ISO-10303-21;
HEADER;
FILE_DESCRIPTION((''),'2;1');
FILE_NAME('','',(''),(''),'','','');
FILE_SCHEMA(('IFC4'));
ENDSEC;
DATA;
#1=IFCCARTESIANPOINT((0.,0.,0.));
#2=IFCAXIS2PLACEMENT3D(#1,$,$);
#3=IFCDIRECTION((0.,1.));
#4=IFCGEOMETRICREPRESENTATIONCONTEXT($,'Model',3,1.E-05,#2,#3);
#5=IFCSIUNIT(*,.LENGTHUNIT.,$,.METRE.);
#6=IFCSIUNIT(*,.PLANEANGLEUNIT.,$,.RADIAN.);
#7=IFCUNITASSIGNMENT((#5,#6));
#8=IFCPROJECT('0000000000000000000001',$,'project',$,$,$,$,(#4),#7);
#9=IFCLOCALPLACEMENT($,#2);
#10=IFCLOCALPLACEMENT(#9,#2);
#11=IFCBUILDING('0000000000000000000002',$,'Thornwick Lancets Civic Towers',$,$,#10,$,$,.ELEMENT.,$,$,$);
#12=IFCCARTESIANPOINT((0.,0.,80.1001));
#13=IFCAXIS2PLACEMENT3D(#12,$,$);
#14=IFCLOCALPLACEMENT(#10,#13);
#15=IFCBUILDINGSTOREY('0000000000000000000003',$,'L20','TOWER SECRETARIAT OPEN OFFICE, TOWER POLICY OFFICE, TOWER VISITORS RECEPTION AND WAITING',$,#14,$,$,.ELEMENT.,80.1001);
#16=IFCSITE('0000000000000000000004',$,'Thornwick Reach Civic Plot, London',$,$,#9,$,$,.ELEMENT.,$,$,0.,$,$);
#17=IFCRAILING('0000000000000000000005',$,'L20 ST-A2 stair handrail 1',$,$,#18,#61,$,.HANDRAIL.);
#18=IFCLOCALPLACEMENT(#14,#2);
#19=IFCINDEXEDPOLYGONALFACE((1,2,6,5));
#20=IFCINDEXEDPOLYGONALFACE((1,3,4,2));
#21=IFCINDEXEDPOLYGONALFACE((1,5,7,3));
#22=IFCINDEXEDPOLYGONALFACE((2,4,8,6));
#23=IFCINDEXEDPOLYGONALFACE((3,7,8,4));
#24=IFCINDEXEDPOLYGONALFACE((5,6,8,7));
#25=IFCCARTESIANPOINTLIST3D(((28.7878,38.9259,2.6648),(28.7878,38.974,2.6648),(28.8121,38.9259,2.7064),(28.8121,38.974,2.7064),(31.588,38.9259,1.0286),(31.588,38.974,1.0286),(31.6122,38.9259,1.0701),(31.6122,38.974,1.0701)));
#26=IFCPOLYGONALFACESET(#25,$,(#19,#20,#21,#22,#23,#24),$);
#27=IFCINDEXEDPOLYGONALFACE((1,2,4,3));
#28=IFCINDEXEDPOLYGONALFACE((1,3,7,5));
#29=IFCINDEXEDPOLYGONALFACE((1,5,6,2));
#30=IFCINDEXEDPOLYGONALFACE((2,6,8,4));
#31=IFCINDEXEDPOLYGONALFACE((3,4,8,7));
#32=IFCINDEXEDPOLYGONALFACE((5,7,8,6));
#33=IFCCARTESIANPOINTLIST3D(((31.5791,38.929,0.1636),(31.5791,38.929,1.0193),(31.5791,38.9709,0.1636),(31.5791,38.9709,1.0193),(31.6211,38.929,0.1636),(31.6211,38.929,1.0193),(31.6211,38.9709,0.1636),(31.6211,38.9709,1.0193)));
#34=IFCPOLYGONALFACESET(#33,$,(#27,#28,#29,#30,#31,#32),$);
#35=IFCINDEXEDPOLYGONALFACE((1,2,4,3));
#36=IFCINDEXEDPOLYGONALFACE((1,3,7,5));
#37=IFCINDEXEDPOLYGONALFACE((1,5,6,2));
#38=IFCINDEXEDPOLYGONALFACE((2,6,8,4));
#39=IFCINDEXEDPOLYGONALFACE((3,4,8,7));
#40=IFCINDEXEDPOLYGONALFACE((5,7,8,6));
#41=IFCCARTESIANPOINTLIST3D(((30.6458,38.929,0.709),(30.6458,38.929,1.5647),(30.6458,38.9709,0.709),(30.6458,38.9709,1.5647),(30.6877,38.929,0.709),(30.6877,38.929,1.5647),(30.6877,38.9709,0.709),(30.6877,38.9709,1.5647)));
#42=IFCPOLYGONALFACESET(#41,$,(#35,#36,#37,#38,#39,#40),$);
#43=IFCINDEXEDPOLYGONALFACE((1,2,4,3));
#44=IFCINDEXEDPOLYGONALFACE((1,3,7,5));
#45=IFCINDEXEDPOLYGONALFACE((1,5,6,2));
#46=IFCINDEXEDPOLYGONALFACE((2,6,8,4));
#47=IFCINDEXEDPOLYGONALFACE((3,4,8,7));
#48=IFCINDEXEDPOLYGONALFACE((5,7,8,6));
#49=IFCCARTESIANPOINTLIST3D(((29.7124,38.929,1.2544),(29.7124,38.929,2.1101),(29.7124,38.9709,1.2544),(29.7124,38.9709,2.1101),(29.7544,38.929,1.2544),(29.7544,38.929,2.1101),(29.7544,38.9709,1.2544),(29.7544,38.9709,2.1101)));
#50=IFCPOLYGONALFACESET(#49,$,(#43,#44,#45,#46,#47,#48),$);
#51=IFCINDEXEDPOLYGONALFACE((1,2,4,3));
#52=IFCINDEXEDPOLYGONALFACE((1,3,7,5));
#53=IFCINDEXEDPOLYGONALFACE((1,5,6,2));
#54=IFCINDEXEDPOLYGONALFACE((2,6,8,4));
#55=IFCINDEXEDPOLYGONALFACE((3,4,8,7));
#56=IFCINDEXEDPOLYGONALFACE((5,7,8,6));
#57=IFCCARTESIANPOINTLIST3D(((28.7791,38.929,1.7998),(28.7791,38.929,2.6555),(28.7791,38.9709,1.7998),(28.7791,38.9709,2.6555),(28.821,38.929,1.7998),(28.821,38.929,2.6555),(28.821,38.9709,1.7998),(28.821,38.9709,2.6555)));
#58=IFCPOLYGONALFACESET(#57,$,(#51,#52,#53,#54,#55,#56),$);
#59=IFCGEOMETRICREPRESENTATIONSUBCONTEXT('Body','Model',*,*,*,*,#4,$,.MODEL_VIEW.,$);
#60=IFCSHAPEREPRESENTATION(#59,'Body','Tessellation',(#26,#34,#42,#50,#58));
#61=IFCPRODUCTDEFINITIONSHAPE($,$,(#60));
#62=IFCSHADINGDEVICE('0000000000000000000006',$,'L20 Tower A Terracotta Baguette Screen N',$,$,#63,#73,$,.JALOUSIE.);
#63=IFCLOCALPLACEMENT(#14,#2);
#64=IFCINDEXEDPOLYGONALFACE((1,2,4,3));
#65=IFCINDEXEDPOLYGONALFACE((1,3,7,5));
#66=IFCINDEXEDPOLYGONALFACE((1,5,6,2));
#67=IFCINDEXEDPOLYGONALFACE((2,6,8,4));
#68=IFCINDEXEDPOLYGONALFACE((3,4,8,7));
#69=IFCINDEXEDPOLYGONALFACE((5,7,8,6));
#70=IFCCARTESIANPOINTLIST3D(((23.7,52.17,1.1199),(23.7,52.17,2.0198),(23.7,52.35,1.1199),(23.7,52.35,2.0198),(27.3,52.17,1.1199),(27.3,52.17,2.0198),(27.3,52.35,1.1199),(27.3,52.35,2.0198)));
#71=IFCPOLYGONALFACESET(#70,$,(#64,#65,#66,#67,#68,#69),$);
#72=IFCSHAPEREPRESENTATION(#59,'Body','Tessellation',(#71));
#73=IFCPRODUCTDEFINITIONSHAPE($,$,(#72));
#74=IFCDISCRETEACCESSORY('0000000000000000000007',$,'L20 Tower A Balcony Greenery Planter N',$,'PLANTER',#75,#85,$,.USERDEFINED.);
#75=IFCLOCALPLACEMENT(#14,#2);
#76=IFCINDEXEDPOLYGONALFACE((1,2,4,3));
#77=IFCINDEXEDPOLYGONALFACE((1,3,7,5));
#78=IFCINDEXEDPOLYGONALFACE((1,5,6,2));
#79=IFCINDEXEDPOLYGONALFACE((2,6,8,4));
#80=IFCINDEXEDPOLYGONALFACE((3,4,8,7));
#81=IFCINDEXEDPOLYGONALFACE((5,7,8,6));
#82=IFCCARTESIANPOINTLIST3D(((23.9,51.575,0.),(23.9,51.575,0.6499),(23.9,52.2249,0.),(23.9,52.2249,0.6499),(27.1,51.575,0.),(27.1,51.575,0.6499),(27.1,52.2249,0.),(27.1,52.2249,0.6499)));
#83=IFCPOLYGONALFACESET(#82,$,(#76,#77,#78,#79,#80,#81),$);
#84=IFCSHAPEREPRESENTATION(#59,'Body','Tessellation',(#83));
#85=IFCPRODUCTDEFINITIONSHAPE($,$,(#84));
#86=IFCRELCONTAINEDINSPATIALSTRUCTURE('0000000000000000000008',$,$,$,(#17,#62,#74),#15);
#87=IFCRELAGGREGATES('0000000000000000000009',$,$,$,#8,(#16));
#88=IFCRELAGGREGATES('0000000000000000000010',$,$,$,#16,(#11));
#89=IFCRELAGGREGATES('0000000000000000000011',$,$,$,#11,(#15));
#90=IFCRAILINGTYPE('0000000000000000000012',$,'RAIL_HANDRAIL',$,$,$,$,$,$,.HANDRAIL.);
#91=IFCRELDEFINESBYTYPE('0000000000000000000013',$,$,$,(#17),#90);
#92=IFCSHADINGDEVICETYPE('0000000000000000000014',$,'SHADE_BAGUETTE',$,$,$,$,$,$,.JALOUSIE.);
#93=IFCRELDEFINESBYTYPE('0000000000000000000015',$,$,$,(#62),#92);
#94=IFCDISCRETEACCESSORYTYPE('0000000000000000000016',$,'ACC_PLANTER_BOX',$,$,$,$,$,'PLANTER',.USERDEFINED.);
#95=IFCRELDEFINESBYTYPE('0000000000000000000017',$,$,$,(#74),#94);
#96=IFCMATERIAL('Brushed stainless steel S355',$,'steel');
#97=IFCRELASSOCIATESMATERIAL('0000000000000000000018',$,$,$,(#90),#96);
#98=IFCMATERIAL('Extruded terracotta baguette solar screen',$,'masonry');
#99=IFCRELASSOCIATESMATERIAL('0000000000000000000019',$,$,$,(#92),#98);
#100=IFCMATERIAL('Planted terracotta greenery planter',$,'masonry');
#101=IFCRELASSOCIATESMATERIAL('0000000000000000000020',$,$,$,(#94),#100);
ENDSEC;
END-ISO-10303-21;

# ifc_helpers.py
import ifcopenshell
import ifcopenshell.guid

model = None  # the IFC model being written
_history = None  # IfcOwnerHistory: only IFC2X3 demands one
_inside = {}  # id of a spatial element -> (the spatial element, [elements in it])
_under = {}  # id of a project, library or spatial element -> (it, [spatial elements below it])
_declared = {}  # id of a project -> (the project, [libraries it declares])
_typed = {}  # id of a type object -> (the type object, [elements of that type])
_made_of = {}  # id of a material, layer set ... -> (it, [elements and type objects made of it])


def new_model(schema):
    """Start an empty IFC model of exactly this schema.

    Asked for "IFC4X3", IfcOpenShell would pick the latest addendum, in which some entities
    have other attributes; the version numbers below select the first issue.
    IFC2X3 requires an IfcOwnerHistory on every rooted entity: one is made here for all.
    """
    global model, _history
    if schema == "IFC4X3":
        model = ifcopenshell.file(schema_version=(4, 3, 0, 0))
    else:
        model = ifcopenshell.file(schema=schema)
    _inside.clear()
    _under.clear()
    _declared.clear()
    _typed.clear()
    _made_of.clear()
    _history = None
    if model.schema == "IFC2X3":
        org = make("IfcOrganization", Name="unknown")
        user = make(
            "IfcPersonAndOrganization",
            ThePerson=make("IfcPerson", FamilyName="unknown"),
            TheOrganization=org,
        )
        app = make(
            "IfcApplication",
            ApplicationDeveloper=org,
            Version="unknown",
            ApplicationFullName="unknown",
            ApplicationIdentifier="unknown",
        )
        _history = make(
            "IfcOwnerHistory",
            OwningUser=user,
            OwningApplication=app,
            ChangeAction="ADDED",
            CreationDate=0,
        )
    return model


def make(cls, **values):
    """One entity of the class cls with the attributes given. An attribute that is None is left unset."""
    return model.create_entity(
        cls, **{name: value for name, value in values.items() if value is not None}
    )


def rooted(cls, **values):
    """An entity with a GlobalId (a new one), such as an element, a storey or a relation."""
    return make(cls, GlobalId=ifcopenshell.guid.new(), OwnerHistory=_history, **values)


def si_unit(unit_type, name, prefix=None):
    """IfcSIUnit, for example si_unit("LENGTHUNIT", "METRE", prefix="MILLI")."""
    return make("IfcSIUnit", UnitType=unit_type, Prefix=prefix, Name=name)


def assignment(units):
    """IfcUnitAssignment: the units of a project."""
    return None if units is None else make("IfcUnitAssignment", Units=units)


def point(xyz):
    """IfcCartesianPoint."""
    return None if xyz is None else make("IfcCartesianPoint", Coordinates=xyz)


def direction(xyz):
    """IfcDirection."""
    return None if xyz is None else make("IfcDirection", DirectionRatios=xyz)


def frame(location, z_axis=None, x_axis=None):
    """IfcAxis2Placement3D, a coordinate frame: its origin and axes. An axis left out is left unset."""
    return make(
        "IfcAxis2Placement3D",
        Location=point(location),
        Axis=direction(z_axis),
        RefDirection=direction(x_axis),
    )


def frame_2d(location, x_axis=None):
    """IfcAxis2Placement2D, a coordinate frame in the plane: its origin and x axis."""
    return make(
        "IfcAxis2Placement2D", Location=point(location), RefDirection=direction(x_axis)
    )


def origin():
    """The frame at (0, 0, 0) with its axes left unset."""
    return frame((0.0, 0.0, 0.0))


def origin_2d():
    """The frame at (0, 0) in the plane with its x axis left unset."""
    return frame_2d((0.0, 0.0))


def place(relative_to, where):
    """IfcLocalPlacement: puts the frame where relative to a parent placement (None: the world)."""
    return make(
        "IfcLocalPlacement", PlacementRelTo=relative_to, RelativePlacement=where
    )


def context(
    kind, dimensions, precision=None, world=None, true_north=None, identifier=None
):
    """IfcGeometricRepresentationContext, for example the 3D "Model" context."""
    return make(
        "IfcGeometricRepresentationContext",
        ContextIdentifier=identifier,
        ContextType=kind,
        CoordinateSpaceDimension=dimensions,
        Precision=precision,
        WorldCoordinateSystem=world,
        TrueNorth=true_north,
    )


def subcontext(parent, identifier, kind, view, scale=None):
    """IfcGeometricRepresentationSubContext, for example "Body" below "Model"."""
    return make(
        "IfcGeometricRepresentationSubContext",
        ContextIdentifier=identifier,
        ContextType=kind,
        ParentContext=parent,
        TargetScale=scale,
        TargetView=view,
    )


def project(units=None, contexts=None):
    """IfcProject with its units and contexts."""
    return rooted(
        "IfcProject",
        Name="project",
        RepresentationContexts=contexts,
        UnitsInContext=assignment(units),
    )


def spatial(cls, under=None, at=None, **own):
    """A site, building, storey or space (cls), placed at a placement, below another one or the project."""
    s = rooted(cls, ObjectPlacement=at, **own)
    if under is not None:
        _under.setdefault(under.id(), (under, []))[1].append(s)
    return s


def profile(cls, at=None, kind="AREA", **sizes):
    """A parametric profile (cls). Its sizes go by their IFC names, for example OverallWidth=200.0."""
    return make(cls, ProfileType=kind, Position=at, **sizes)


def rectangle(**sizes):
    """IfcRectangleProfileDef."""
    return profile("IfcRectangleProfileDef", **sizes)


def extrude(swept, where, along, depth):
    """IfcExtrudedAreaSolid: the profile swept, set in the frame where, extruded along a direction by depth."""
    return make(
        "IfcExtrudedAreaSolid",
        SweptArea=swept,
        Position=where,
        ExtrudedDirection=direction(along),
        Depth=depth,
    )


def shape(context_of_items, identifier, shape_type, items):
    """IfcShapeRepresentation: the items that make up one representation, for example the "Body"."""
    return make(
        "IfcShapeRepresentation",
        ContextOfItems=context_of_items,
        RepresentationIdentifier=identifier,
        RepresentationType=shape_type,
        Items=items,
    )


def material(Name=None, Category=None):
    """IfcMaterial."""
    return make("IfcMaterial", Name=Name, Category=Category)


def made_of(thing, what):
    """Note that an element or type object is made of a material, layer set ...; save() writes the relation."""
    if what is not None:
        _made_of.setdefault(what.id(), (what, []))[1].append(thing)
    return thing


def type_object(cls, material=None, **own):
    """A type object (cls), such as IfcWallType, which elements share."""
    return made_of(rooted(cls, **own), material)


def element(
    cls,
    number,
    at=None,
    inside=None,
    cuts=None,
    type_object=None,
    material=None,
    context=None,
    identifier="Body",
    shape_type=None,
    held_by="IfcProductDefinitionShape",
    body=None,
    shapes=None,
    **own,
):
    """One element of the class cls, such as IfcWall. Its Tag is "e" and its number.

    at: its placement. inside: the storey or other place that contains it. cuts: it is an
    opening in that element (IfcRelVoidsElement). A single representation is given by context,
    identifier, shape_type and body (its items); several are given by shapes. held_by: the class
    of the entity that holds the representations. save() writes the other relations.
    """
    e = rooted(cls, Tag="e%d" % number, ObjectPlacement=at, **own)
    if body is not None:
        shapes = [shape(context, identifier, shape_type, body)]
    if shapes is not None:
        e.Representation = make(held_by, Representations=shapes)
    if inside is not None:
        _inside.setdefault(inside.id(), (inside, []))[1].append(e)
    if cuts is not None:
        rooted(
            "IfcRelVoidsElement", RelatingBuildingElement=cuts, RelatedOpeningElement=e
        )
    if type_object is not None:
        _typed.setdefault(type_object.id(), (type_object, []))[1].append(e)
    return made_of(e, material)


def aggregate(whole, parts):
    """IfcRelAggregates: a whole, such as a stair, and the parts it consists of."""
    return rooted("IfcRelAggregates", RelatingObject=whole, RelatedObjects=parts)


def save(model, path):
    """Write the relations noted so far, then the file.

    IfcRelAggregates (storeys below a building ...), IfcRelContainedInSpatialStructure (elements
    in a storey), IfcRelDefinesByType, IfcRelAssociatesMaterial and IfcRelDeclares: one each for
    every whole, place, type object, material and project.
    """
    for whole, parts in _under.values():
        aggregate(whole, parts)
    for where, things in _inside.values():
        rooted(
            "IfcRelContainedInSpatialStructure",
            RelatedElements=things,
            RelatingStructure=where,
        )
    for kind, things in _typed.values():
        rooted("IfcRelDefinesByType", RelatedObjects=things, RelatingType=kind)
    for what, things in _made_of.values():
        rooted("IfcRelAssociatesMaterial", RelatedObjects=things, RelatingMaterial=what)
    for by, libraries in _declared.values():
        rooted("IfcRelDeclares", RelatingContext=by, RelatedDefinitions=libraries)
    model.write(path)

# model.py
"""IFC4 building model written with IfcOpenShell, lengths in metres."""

from ifc_helpers import new_model, si_unit, direction, frame, origin, origin_2d, place, context, subcontext, project, spatial, rectangle, extrude, material, type_object, element, save


model = new_model("IFC4")

# Units and contexts
model_context = context("Model", 3, precision=1e-05, world=origin(), true_north=direction((0.0, 1.0)))
body_context = subcontext(model_context, "Body", "Model", "MODEL_VIEW")
ifc_project = project(units=[si_unit("LENGTHUNIT", "METRE"), si_unit("PLANEANGLEUNIT", "RADIAN")], contexts=[model_context])

# Site, building, storey
site_placement = place(None, origin())
site = spatial("IfcSite", under=ifc_project, at=site_placement, Name="Thornwick Reach Civic Plot, London", CompositionType="ELEMENT", RefElevation=0.0)
building_placement = place(site_placement, origin())
building = spatial("IfcBuilding", under=site, at=building_placement, Name="Thornwick Lancets Civic Towers", CompositionType="ELEMENT")
storey_placement = place(building_placement, frame((0.0, 0.0, 80.1001)))
storey = spatial("IfcBuildingStorey", under=building, at=storey_placement, Name="L20", Description="TOWER SECRETARIAT OPEN OFFICE, TOWER POLICY OFFICE, TOWER VISITORS RECEPTION AND WAITING", CompositionType="ELEMENT", Elevation=80.1001)

# Railing
ifc_material_1 = material(Name="Brushed stainless steel S355", Category="steel")
railing_type = type_object("IfcRailingType", Name="RAIL_HANDRAIL", PredefinedType="HANDRAIL", material=ifc_material_1)
railing_placement = place(storey_placement, frame((31.6001, 38.95, 0.1636)))
element("IfcRailing", 1, at=railing_placement, inside=storey, type_object=railing_type, Name="L20 ST-A2 stair handrail 1", PredefinedType="HANDRAIL", context=body_context, shape_type="SweptSolid", body=[
    extrude(rectangle(XDim=0.0481, YDim=0.0481, at=origin_2d()), frame((0.0, 0.0, 0.8857), z_axis=(-0.863394, 0.0, 0.504531), x_axis=(0.0, -1.0, 0.0)), (0.0, 0.0, 1.0), 3.2432),
    extrude(rectangle(XDim=0.042, YDim=0.042, at=origin_2d()), origin(), (0.0, 0.0, 1.0), 0.8557),
    extrude(rectangle(XDim=0.042, YDim=0.042, at=origin_2d()), frame((-0.9333, 0.0, 0.5454)), (0.0, 0.0, 1.0), 0.8557),
    extrude(rectangle(XDim=0.042, YDim=0.042, at=origin_2d()), frame((-1.8667, 0.0, 1.0908)), (0.0, 0.0, 1.0), 0.8557),
    extrude(rectangle(XDim=0.042, YDim=0.042, at=origin_2d()), frame((-2.8, 0.0, 1.6362)), (0.0, 0.0, 1.0), 0.8557),
])

# Shading device
ifc_material_2 = material(Name="Extruded terracotta baguette solar screen", Category="masonry")
shading_device_type = type_object("IfcShadingDeviceType", Name="SHADE_BAGUETTE", PredefinedType="JALOUSIE", material=ifc_material_2)
shading_device_placement = place(storey_placement, frame((25.5, 52.26, 1.1199), z_axis=(0.0, 0.0, 1.0), x_axis=(1.0, 0.0, 0.0)))
element("IfcShadingDevice", 2, at=shading_device_placement, inside=storey, type_object=shading_device_type, Name="L20 Tower A Terracotta Baguette Screen N", PredefinedType="JALOUSIE", context=body_context, shape_type="SweptSolid", body=[
    extrude(rectangle(XDim=3.6001, YDim=0.1799, at=origin_2d()), origin(), (0.0, 0.0, 1.0), 0.8999),
])

# Discrete accessory
ifc_material_3 = material(Name="Planted terracotta greenery planter", Category="masonry")
discrete_accessory_type = type_object("IfcDiscreteAccessoryType", Name="ACC_PLANTER_BOX", ElementType="PLANTER", PredefinedType="USERDEFINED", material=ifc_material_3)
discrete_accessory_placement = place(storey_placement, frame((25.5, 51.8999, 0.0), z_axis=(0.0, 0.0, 1.0), x_axis=(1.0, 0.0, 0.0)))
element("IfcDiscreteAccessory", 3, at=discrete_accessory_placement, inside=storey, type_object=discrete_accessory_type, Name="L20 Tower A Balcony Greenery Planter N", ObjectType="PLANTER", PredefinedType="USERDEFINED", context=body_context, shape_type="SweptSolid", body=[
    extrude(rectangle(XDim=3.2, YDim=0.6499, at=origin_2d()), origin(), (0.0, 0.0, 1.0), 0.6499),
])

save(model, "model.ifc")
